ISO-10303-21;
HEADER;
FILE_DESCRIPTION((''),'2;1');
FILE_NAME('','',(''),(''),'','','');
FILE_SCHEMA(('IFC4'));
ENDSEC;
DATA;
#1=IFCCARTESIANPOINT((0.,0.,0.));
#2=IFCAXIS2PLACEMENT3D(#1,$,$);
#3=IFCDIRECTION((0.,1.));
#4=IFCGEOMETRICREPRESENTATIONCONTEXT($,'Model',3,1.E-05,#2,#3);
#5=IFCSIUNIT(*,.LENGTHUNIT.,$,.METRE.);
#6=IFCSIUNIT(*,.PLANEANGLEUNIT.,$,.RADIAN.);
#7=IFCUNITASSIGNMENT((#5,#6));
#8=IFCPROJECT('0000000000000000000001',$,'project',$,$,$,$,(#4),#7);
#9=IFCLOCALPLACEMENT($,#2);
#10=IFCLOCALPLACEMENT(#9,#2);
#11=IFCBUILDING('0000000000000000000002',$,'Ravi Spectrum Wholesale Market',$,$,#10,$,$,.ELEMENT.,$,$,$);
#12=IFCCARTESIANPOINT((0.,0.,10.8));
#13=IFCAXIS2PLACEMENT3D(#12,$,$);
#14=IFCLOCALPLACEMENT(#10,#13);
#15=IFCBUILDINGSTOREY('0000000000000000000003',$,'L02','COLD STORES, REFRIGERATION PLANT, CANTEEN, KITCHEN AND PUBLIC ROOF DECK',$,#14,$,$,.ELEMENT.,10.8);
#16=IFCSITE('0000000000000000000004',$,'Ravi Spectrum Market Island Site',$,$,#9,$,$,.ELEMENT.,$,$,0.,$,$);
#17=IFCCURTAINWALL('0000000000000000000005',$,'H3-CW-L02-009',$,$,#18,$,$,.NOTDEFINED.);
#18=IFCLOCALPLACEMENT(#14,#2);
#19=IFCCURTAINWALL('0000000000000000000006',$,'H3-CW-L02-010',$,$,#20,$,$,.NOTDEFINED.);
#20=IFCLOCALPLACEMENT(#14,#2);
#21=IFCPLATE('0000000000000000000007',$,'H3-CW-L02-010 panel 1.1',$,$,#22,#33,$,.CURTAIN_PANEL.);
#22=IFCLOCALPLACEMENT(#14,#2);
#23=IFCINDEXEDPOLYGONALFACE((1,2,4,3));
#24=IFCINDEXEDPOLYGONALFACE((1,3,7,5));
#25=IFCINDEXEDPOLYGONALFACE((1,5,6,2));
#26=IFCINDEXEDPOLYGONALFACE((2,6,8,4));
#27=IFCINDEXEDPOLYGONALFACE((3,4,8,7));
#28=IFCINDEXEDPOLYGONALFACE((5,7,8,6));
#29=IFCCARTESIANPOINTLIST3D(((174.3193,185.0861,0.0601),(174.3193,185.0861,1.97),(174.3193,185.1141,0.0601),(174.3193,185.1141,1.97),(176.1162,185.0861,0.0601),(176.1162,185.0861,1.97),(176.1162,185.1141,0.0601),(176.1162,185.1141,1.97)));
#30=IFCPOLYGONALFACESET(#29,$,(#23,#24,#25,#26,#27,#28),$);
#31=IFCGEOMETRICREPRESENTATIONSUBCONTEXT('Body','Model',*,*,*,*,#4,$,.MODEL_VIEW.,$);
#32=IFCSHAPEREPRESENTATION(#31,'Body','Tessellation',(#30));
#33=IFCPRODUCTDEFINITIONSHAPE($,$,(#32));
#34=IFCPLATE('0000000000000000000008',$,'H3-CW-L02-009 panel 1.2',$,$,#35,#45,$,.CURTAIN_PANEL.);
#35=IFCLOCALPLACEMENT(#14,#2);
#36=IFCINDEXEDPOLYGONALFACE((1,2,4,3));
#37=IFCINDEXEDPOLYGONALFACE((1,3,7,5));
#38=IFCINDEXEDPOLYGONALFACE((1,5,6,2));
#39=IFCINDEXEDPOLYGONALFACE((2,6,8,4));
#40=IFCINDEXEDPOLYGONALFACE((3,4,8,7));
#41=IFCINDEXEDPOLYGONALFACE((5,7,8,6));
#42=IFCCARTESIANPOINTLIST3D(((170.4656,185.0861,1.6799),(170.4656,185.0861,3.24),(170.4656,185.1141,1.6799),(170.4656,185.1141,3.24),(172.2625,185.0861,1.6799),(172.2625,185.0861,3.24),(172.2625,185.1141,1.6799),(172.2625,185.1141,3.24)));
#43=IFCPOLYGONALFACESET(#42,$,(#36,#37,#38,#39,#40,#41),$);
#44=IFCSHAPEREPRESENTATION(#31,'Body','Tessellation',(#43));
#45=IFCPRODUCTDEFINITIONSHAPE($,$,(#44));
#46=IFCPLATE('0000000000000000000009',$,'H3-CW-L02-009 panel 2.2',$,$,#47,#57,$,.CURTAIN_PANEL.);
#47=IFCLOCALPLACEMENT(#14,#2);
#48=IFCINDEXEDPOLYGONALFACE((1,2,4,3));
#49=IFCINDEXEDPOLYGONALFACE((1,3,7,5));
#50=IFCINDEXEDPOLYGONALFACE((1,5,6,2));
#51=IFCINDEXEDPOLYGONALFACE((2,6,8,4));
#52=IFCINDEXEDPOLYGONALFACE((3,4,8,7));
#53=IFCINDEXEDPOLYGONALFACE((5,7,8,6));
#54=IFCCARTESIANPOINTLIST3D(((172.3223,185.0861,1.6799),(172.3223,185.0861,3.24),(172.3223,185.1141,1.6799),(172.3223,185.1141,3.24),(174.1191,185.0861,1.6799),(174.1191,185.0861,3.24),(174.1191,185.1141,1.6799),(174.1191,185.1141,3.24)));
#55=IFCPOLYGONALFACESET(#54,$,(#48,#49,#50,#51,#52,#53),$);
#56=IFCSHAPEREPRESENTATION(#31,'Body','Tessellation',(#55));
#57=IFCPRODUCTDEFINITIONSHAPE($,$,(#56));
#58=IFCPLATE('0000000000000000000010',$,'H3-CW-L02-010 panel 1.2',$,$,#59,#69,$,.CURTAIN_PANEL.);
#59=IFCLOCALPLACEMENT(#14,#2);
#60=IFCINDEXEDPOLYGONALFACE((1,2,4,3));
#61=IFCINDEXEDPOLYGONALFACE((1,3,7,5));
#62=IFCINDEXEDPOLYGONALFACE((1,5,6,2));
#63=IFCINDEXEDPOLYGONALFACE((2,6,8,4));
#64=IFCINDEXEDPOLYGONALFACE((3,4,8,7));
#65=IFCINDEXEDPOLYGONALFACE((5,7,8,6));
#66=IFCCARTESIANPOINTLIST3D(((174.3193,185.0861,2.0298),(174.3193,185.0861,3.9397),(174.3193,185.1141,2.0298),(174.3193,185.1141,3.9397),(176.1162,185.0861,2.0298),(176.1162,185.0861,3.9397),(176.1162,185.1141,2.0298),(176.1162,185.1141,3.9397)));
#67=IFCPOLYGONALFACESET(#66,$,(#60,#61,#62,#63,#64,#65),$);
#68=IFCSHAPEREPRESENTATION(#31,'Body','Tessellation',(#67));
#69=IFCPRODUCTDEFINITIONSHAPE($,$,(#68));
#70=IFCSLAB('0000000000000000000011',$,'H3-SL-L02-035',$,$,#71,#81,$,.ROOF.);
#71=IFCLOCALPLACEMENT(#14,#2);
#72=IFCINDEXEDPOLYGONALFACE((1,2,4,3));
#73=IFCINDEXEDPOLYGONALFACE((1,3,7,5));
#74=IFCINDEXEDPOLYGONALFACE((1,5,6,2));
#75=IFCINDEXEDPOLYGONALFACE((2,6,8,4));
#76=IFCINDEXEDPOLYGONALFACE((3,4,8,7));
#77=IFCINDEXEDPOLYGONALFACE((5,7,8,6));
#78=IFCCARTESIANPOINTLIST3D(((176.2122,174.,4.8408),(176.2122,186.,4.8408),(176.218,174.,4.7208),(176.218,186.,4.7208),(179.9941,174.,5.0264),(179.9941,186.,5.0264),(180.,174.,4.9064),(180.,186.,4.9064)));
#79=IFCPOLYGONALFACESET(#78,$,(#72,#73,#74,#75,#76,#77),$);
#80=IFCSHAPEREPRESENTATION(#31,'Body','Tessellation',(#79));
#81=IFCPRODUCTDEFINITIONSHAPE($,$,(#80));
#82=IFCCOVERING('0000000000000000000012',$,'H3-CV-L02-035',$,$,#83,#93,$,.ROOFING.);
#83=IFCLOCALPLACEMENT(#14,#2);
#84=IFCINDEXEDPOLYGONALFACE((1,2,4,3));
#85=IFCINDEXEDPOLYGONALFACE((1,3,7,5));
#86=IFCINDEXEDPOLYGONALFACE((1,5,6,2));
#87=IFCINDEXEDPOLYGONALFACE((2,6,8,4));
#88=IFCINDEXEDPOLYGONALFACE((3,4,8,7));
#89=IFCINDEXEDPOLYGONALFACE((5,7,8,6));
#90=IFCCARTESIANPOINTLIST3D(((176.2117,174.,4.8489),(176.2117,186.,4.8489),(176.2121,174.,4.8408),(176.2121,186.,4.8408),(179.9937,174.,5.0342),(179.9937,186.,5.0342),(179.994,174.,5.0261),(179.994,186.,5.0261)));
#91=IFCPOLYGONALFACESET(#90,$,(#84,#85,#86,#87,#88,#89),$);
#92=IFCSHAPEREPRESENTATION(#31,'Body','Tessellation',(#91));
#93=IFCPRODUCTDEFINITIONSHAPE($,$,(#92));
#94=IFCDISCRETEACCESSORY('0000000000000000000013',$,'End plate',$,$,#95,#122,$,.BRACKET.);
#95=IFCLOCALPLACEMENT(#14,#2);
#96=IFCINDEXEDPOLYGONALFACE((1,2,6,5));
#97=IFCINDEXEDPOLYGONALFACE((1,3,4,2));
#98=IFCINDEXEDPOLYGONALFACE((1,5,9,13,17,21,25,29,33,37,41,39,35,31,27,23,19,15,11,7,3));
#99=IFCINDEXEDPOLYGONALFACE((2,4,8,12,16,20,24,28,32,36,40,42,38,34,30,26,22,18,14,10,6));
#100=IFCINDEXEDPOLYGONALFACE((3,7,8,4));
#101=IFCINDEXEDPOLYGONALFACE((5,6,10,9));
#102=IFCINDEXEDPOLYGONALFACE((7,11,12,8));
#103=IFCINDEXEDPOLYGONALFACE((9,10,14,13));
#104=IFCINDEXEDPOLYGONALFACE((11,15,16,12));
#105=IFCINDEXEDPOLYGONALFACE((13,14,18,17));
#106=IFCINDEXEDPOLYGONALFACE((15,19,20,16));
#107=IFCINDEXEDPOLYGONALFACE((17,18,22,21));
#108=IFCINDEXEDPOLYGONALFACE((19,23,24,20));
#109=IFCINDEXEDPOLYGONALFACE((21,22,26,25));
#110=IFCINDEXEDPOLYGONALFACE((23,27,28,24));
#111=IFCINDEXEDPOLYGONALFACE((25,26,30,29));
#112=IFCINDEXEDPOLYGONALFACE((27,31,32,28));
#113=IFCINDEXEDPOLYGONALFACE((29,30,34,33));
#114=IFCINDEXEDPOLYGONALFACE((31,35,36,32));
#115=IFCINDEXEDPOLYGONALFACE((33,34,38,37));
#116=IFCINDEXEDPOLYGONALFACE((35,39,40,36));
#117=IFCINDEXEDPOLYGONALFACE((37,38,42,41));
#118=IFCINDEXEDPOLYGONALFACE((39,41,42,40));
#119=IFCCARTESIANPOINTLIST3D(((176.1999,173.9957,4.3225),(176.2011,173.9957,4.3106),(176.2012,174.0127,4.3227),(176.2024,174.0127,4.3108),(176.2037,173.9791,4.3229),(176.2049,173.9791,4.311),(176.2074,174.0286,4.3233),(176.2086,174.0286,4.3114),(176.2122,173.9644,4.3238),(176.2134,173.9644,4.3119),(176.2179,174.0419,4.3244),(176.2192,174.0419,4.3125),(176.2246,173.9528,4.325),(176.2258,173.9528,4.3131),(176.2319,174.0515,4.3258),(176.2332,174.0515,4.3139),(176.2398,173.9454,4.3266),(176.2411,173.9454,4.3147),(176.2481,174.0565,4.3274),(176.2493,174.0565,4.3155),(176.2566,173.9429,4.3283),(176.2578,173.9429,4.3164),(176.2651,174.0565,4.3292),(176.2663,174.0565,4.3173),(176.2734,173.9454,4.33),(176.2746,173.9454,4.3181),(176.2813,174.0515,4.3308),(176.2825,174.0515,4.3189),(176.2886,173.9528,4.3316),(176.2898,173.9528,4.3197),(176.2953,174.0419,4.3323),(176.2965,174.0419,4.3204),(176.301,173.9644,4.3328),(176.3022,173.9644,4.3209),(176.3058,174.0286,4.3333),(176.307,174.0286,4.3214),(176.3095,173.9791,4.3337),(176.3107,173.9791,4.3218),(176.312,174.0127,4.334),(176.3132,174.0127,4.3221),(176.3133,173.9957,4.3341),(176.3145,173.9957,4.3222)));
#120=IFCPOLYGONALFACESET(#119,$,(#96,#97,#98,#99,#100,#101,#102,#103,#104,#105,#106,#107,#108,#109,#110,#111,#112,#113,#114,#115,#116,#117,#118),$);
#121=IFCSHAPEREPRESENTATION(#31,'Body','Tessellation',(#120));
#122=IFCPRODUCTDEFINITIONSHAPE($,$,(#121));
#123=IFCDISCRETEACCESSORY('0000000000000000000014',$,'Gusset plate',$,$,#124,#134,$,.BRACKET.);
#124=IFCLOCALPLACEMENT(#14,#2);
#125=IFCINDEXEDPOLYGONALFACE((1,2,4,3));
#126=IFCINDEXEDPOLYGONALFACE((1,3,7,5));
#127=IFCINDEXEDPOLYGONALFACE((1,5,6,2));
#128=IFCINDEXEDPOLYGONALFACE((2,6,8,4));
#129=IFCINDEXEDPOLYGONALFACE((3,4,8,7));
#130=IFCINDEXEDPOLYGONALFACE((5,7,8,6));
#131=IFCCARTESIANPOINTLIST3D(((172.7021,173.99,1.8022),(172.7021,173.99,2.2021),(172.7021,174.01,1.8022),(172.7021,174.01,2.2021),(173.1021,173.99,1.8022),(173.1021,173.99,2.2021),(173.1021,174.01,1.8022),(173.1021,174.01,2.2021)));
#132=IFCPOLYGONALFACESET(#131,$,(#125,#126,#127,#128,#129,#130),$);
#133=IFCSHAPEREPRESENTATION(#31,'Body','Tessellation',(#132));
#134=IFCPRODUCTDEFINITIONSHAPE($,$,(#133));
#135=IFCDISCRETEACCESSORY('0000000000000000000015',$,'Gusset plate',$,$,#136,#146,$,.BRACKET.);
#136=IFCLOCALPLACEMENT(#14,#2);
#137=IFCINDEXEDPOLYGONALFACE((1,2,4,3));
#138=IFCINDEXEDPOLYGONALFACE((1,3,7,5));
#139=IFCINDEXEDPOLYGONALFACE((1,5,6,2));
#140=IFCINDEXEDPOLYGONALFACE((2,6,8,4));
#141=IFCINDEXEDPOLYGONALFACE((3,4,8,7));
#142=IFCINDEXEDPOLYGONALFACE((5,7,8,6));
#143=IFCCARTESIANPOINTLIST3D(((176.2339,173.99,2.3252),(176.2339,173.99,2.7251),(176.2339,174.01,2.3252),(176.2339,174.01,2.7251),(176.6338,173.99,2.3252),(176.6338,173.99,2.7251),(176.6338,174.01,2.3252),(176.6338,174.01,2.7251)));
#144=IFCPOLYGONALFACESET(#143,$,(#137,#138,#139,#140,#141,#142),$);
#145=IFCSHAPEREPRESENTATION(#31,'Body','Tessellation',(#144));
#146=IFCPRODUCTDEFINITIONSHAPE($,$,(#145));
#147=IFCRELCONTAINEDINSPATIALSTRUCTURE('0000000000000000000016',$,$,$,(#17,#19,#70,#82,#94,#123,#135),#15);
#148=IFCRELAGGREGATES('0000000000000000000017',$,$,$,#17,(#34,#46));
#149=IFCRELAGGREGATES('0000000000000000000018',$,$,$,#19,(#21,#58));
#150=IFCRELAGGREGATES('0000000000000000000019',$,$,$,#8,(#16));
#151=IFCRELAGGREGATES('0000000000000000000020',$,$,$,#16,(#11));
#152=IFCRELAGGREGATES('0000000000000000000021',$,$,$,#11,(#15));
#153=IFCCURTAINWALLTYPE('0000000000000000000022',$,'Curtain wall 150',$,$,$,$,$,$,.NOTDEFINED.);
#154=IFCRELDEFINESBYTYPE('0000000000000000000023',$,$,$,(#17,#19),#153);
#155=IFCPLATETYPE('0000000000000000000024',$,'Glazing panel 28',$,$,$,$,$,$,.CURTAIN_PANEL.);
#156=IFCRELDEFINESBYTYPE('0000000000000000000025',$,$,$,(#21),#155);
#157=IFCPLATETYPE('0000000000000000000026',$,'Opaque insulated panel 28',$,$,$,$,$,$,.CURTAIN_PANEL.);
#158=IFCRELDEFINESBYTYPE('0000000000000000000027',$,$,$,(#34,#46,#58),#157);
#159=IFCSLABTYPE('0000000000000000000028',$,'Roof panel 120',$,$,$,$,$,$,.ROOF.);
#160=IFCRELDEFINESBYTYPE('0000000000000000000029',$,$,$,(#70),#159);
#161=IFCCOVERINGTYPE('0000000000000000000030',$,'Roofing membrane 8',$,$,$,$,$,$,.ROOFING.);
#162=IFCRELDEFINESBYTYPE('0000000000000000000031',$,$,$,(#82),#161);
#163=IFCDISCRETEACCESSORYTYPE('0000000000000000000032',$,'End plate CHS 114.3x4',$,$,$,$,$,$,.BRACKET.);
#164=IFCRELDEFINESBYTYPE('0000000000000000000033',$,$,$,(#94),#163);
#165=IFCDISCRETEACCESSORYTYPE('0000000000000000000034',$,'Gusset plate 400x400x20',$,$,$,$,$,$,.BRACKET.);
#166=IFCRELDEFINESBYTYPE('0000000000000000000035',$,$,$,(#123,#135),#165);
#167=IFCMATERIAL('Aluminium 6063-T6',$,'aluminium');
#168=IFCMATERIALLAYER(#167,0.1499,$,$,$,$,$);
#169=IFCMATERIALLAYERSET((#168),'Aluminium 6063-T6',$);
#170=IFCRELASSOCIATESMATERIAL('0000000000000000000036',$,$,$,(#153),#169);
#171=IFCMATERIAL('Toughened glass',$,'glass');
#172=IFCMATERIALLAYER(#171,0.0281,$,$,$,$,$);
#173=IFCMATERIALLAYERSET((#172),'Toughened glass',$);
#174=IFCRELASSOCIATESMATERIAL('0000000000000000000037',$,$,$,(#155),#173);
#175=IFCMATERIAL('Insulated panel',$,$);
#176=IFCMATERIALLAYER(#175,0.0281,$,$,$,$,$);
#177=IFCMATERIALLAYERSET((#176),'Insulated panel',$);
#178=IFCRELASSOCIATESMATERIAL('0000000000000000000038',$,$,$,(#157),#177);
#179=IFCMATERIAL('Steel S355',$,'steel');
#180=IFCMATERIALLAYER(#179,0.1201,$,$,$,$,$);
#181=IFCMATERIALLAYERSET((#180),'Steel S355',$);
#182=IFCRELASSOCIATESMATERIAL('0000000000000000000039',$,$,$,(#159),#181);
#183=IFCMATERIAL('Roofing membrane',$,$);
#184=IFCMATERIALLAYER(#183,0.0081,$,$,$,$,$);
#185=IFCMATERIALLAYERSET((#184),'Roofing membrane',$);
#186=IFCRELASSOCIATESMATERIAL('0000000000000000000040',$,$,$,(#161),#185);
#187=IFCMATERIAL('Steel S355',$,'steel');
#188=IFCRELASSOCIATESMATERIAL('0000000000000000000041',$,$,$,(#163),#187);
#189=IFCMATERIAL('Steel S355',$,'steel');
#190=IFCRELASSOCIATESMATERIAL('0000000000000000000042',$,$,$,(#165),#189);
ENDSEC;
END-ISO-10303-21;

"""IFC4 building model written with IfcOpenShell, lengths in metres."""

from ifc_helpers import new_model, si_unit, direction, frame, origin, origin_2d, place, context, subcontext, project, spatial, polyline, rectangle, circle, outline, extrude, material, layer, layer_set, material_profile, profile_set, type_object, element, aggregate, save


model = new_model("IFC4")

# Units and contexts
model_context = context("Model", 3, precision=1e-05, world=origin(), true_north=direction((0.0, 1.0)))
body_context = subcontext(model_context, "Body", "Model", "MODEL_VIEW")
ifc_project = project(units=[si_unit("LENGTHUNIT", "METRE"), si_unit("PLANEANGLEUNIT", "RADIAN")], contexts=[model_context])

# Site, building, storey
site_placement = place(None, origin())
site = spatial("IfcSite", under=ifc_project, at=site_placement, Name="Ravi Spectrum Market Island Site", CompositionType="ELEMENT", RefElevation=0.0)
building_placement = place(site_placement, origin())
building = spatial("IfcBuilding", under=site, at=building_placement, Name="Ravi Spectrum Wholesale Market", CompositionType="ELEMENT")
storey_placement = place(building_placement, frame((0.0, 0.0, 10.8)))
storey = spatial("IfcBuildingStorey", under=building, at=storey_placement, Name="L02", Description="COLD STORES, REFRIGERATION PLANT, CANTEEN, KITCHEN AND PUBLIC ROOF DECK", CompositionType="ELEMENT", Elevation=10.8)

# Curtain walls
ifc_material_1 = material(Name="Aluminium 6063-T6", Category="aluminium")
ifc_layer_1 = layer(ifc_material_1, 0.1499)
ifc_layer_set_1 = layer_set([ifc_layer_1], Name="Aluminium 6063-T6")
curtain_wall_type = type_object("IfcCurtainWallType", Name="Curtain wall 150", PredefinedType="NOTDEFINED", material=ifc_layer_set_1)
curtain_wall_1_placement = place(storey_placement, origin())
curtain_wall_1 = element("IfcCurtainWall", 1, at=curtain_wall_1_placement, inside=storey, type_object=curtain_wall_type, Name="H3-CW-L02-009", PredefinedType="NOTDEFINED")
curtain_wall_2_placement = place(storey_placement, origin())
curtain_wall_2 = element("IfcCurtainWall", 2, at=curtain_wall_2_placement, inside=storey, type_object=curtain_wall_type, Name="H3-CW-L02-010", PredefinedType="NOTDEFINED")

# Plates
ifc_material_2 = material(Name="Toughened glass", Category="glass")
ifc_layer_2 = layer(ifc_material_2, 0.0281)
ifc_layer_set_2 = layer_set([ifc_layer_2], Name="Toughened glass")
plate_type_1 = type_object("IfcPlateType", Name="Glazing panel 28", PredefinedType="CURTAIN_PANEL", material=ifc_layer_set_2)
plate_1_placement = place(storey_placement, frame((175.2178, 185.1001, 0.0601), z_axis=(0.0, 0.0, 1.0), x_axis=(1.0, 0.0, 0.0)))
plate_1 = element("IfcPlate", 3, at=plate_1_placement, type_object=plate_type_1, Name="H3-CW-L02-010 panel 1.1", PredefinedType="CURTAIN_PANEL", context=body_context, shape_type="SweptSolid", body=[
    extrude(rectangle(XDim=1.7969, YDim=0.0281, at=origin_2d()), origin(), (0.0, 0.0, 1.0), 1.9099),
])
ifc_material_3 = material(Name="Insulated panel")
ifc_layer_3 = layer(ifc_material_3, 0.0281)
ifc_layer_set_3 = layer_set([ifc_layer_3], Name="Insulated panel")
plate_type_2 = type_object("IfcPlateType", Name="Opaque insulated panel 28", PredefinedType="CURTAIN_PANEL", material=ifc_layer_set_3)
plate_2_placement = place(storey_placement, frame((171.364, 185.1001, 1.6799), z_axis=(0.0, 0.0, 1.0), x_axis=(1.0, 0.0, 0.0)))
plate_2 = element("IfcPlate", 4, at=plate_2_placement, type_object=plate_type_2, Name="H3-CW-L02-009 panel 1.2", PredefinedType="CURTAIN_PANEL", context=body_context, shape_type="SweptSolid", body=[
    extrude(rectangle(XDim=1.7969, YDim=0.0281, at=origin_2d()), origin(), (0.0, 0.0, 1.0), 1.5601),
])
plate_3_placement = place(storey_placement, frame((173.2207, 185.1001, 1.6799), z_axis=(0.0, 0.0, 1.0), x_axis=(1.0, 0.0, 0.0)))
plate_3 = element("IfcPlate", 5, at=plate_3_placement, type_object=plate_type_2, Name="H3-CW-L02-009 panel 2.2", PredefinedType="CURTAIN_PANEL", context=body_context, shape_type="SweptSolid", body=[
    extrude(rectangle(XDim=1.7969, YDim=0.0281, at=origin_2d()), origin(), (0.0, 0.0, 1.0), 1.5601),
])
aggregate(curtain_wall_1, [plate_2, plate_3])
plate_4_placement = place(storey_placement, frame((175.2178, 185.1001, 2.0298), z_axis=(0.0, 0.0, 1.0), x_axis=(1.0, 0.0, 0.0)))
plate_4 = element("IfcPlate", 6, at=plate_4_placement, type_object=plate_type_2, Name="H3-CW-L02-010 panel 1.2", PredefinedType="CURTAIN_PANEL", context=body_context, shape_type="SweptSolid", body=[
    extrude(rectangle(XDim=1.7969, YDim=0.0281, at=origin_2d()), origin(), (0.0, 0.0, 1.0), 1.9099),
])
aggregate(curtain_wall_2, [plate_1, plate_4])

# Slab
ifc_material_4 = material(Name="Steel S355", Category="steel")
ifc_layer_4 = layer(ifc_material_4, 0.1201)
ifc_layer_set_4 = layer_set([ifc_layer_4], Name="Steel S355")
slab_type = type_object("IfcSlabType", Name="Roof panel 120", PredefinedType="ROOF", material=ifc_layer_set_4)
slab_placement = place(storey_placement, frame((176.2122, 174.0, 4.8408), z_axis=(-0.049002, 0.0, 0.998799), x_axis=(0.998799, 0.0, 0.049002)))
element("IfcSlab", 7, at=slab_placement, inside=storey, type_object=slab_type, Name="H3-SL-L02-035", PredefinedType="ROOF", context=body_context, shape_type="SweptSolid", body=[
    extrude(outline(polyline([(0.0, 0.0), (3.7865, 0.0), (3.7865, 12.0), (0.0, 12.0), (0.0, 0.0)])), origin(), (0.0, 0.0, -1.0), 0.1201),
])

# Covering
ifc_material_5 = material(Name="Roofing membrane")
ifc_layer_5 = layer(ifc_material_5, 0.0081)
ifc_layer_set_5 = layer_set([ifc_layer_5], Name="Roofing membrane")
covering_type = type_object("IfcCoveringType", Name="Roofing membrane 8", PredefinedType="ROOFING", material=ifc_layer_set_5)
covering_placement = place(storey_placement, frame((176.2117, 174.0, 4.8489), z_axis=(-0.048937, 0.0, 0.998802), x_axis=(0.998802, 0.0, 0.048937)))
element("IfcCovering", 8, at=covering_placement, inside=storey, type_object=covering_type, Name="H3-CV-L02-035", PredefinedType="ROOFING", context=body_context, shape_type="SweptSolid", body=[
    extrude(outline(polyline([(0.0, 0.0), (3.7865, 0.0), (3.7865, 12.0), (0.0, 12.0), (0.0, 0.0)])), origin(), (0.0, 0.0, -1.0), 0.0081),
])

# Discrete accessories
ifc_material_6 = material(Name="Steel S355", Category="steel")
ifc_material_profile_1 = material_profile(ifc_material_6, circle(Radius=0.0571, at=origin_2d()))
ifc_profile_set_1 = profile_set([ifc_material_profile_1], Name="Steel S355")
discrete_accessory_type_1 = type_object("IfcDiscreteAccessoryType", Name="End plate CHS 114.3x4", PredefinedType="BRACKET", material=ifc_profile_set_1)
discrete_accessory_placement = place(storey_placement, frame((176.2578, 174.0, 4.3164), z_axis=(-0.101514, 0.0, 0.994834), x_axis=(0.0, -1.0, 0.0)))
element("IfcDiscreteAccessory", 9, at=discrete_accessory_placement, inside=storey, type_object=discrete_accessory_type_1, Name="End plate", PredefinedType="BRACKET", context=body_context, shape_type="SweptSolid", body=[
    extrude(circle(Radius=0.0571, at=origin_2d()), origin(), (0.0, 0.0, 1.0), 0.012),
])
ifc_material_7 = material(Name="Steel S355", Category="steel")
ifc_material_profile_2 = material_profile(ifc_material_7, rectangle(XDim=0.3999, YDim=0.02, at=origin_2d()))
ifc_profile_set_2 = profile_set([ifc_material_profile_2], Name="Steel S355")
discrete_accessory_type_2 = type_object("IfcDiscreteAccessoryType", Name="Gusset plate 400x400x20", PredefinedType="BRACKET", material=ifc_profile_set_2)
for number, where, z_axis, x_axis, name in (
    (10, (172.9021, 174.0, 1.8022), (0.0, 0.0, 1.0), (1.0, 0.0, 0.0), "Gusset plate"),
    (11, (176.4338, 174.0, 2.3252), (0.0, 0.0, 1.0), (1.0, 0.0, 0.0), "Gusset plate"),
):
    element("IfcDiscreteAccessory", number, at=place(storey_placement, frame(where, z_axis=z_axis, x_axis=x_axis)), inside=storey, type_object=discrete_accessory_type_2, Name=name, PredefinedType="BRACKET", context=body_context, shape_type="SweptSolid", body=[
        extrude(rectangle(XDim=0.3999, YDim=0.02, at=origin_2d()), origin(), (0.0, 0.0, 1.0), 0.3999),
    ])

save(model, "model.ifc")
